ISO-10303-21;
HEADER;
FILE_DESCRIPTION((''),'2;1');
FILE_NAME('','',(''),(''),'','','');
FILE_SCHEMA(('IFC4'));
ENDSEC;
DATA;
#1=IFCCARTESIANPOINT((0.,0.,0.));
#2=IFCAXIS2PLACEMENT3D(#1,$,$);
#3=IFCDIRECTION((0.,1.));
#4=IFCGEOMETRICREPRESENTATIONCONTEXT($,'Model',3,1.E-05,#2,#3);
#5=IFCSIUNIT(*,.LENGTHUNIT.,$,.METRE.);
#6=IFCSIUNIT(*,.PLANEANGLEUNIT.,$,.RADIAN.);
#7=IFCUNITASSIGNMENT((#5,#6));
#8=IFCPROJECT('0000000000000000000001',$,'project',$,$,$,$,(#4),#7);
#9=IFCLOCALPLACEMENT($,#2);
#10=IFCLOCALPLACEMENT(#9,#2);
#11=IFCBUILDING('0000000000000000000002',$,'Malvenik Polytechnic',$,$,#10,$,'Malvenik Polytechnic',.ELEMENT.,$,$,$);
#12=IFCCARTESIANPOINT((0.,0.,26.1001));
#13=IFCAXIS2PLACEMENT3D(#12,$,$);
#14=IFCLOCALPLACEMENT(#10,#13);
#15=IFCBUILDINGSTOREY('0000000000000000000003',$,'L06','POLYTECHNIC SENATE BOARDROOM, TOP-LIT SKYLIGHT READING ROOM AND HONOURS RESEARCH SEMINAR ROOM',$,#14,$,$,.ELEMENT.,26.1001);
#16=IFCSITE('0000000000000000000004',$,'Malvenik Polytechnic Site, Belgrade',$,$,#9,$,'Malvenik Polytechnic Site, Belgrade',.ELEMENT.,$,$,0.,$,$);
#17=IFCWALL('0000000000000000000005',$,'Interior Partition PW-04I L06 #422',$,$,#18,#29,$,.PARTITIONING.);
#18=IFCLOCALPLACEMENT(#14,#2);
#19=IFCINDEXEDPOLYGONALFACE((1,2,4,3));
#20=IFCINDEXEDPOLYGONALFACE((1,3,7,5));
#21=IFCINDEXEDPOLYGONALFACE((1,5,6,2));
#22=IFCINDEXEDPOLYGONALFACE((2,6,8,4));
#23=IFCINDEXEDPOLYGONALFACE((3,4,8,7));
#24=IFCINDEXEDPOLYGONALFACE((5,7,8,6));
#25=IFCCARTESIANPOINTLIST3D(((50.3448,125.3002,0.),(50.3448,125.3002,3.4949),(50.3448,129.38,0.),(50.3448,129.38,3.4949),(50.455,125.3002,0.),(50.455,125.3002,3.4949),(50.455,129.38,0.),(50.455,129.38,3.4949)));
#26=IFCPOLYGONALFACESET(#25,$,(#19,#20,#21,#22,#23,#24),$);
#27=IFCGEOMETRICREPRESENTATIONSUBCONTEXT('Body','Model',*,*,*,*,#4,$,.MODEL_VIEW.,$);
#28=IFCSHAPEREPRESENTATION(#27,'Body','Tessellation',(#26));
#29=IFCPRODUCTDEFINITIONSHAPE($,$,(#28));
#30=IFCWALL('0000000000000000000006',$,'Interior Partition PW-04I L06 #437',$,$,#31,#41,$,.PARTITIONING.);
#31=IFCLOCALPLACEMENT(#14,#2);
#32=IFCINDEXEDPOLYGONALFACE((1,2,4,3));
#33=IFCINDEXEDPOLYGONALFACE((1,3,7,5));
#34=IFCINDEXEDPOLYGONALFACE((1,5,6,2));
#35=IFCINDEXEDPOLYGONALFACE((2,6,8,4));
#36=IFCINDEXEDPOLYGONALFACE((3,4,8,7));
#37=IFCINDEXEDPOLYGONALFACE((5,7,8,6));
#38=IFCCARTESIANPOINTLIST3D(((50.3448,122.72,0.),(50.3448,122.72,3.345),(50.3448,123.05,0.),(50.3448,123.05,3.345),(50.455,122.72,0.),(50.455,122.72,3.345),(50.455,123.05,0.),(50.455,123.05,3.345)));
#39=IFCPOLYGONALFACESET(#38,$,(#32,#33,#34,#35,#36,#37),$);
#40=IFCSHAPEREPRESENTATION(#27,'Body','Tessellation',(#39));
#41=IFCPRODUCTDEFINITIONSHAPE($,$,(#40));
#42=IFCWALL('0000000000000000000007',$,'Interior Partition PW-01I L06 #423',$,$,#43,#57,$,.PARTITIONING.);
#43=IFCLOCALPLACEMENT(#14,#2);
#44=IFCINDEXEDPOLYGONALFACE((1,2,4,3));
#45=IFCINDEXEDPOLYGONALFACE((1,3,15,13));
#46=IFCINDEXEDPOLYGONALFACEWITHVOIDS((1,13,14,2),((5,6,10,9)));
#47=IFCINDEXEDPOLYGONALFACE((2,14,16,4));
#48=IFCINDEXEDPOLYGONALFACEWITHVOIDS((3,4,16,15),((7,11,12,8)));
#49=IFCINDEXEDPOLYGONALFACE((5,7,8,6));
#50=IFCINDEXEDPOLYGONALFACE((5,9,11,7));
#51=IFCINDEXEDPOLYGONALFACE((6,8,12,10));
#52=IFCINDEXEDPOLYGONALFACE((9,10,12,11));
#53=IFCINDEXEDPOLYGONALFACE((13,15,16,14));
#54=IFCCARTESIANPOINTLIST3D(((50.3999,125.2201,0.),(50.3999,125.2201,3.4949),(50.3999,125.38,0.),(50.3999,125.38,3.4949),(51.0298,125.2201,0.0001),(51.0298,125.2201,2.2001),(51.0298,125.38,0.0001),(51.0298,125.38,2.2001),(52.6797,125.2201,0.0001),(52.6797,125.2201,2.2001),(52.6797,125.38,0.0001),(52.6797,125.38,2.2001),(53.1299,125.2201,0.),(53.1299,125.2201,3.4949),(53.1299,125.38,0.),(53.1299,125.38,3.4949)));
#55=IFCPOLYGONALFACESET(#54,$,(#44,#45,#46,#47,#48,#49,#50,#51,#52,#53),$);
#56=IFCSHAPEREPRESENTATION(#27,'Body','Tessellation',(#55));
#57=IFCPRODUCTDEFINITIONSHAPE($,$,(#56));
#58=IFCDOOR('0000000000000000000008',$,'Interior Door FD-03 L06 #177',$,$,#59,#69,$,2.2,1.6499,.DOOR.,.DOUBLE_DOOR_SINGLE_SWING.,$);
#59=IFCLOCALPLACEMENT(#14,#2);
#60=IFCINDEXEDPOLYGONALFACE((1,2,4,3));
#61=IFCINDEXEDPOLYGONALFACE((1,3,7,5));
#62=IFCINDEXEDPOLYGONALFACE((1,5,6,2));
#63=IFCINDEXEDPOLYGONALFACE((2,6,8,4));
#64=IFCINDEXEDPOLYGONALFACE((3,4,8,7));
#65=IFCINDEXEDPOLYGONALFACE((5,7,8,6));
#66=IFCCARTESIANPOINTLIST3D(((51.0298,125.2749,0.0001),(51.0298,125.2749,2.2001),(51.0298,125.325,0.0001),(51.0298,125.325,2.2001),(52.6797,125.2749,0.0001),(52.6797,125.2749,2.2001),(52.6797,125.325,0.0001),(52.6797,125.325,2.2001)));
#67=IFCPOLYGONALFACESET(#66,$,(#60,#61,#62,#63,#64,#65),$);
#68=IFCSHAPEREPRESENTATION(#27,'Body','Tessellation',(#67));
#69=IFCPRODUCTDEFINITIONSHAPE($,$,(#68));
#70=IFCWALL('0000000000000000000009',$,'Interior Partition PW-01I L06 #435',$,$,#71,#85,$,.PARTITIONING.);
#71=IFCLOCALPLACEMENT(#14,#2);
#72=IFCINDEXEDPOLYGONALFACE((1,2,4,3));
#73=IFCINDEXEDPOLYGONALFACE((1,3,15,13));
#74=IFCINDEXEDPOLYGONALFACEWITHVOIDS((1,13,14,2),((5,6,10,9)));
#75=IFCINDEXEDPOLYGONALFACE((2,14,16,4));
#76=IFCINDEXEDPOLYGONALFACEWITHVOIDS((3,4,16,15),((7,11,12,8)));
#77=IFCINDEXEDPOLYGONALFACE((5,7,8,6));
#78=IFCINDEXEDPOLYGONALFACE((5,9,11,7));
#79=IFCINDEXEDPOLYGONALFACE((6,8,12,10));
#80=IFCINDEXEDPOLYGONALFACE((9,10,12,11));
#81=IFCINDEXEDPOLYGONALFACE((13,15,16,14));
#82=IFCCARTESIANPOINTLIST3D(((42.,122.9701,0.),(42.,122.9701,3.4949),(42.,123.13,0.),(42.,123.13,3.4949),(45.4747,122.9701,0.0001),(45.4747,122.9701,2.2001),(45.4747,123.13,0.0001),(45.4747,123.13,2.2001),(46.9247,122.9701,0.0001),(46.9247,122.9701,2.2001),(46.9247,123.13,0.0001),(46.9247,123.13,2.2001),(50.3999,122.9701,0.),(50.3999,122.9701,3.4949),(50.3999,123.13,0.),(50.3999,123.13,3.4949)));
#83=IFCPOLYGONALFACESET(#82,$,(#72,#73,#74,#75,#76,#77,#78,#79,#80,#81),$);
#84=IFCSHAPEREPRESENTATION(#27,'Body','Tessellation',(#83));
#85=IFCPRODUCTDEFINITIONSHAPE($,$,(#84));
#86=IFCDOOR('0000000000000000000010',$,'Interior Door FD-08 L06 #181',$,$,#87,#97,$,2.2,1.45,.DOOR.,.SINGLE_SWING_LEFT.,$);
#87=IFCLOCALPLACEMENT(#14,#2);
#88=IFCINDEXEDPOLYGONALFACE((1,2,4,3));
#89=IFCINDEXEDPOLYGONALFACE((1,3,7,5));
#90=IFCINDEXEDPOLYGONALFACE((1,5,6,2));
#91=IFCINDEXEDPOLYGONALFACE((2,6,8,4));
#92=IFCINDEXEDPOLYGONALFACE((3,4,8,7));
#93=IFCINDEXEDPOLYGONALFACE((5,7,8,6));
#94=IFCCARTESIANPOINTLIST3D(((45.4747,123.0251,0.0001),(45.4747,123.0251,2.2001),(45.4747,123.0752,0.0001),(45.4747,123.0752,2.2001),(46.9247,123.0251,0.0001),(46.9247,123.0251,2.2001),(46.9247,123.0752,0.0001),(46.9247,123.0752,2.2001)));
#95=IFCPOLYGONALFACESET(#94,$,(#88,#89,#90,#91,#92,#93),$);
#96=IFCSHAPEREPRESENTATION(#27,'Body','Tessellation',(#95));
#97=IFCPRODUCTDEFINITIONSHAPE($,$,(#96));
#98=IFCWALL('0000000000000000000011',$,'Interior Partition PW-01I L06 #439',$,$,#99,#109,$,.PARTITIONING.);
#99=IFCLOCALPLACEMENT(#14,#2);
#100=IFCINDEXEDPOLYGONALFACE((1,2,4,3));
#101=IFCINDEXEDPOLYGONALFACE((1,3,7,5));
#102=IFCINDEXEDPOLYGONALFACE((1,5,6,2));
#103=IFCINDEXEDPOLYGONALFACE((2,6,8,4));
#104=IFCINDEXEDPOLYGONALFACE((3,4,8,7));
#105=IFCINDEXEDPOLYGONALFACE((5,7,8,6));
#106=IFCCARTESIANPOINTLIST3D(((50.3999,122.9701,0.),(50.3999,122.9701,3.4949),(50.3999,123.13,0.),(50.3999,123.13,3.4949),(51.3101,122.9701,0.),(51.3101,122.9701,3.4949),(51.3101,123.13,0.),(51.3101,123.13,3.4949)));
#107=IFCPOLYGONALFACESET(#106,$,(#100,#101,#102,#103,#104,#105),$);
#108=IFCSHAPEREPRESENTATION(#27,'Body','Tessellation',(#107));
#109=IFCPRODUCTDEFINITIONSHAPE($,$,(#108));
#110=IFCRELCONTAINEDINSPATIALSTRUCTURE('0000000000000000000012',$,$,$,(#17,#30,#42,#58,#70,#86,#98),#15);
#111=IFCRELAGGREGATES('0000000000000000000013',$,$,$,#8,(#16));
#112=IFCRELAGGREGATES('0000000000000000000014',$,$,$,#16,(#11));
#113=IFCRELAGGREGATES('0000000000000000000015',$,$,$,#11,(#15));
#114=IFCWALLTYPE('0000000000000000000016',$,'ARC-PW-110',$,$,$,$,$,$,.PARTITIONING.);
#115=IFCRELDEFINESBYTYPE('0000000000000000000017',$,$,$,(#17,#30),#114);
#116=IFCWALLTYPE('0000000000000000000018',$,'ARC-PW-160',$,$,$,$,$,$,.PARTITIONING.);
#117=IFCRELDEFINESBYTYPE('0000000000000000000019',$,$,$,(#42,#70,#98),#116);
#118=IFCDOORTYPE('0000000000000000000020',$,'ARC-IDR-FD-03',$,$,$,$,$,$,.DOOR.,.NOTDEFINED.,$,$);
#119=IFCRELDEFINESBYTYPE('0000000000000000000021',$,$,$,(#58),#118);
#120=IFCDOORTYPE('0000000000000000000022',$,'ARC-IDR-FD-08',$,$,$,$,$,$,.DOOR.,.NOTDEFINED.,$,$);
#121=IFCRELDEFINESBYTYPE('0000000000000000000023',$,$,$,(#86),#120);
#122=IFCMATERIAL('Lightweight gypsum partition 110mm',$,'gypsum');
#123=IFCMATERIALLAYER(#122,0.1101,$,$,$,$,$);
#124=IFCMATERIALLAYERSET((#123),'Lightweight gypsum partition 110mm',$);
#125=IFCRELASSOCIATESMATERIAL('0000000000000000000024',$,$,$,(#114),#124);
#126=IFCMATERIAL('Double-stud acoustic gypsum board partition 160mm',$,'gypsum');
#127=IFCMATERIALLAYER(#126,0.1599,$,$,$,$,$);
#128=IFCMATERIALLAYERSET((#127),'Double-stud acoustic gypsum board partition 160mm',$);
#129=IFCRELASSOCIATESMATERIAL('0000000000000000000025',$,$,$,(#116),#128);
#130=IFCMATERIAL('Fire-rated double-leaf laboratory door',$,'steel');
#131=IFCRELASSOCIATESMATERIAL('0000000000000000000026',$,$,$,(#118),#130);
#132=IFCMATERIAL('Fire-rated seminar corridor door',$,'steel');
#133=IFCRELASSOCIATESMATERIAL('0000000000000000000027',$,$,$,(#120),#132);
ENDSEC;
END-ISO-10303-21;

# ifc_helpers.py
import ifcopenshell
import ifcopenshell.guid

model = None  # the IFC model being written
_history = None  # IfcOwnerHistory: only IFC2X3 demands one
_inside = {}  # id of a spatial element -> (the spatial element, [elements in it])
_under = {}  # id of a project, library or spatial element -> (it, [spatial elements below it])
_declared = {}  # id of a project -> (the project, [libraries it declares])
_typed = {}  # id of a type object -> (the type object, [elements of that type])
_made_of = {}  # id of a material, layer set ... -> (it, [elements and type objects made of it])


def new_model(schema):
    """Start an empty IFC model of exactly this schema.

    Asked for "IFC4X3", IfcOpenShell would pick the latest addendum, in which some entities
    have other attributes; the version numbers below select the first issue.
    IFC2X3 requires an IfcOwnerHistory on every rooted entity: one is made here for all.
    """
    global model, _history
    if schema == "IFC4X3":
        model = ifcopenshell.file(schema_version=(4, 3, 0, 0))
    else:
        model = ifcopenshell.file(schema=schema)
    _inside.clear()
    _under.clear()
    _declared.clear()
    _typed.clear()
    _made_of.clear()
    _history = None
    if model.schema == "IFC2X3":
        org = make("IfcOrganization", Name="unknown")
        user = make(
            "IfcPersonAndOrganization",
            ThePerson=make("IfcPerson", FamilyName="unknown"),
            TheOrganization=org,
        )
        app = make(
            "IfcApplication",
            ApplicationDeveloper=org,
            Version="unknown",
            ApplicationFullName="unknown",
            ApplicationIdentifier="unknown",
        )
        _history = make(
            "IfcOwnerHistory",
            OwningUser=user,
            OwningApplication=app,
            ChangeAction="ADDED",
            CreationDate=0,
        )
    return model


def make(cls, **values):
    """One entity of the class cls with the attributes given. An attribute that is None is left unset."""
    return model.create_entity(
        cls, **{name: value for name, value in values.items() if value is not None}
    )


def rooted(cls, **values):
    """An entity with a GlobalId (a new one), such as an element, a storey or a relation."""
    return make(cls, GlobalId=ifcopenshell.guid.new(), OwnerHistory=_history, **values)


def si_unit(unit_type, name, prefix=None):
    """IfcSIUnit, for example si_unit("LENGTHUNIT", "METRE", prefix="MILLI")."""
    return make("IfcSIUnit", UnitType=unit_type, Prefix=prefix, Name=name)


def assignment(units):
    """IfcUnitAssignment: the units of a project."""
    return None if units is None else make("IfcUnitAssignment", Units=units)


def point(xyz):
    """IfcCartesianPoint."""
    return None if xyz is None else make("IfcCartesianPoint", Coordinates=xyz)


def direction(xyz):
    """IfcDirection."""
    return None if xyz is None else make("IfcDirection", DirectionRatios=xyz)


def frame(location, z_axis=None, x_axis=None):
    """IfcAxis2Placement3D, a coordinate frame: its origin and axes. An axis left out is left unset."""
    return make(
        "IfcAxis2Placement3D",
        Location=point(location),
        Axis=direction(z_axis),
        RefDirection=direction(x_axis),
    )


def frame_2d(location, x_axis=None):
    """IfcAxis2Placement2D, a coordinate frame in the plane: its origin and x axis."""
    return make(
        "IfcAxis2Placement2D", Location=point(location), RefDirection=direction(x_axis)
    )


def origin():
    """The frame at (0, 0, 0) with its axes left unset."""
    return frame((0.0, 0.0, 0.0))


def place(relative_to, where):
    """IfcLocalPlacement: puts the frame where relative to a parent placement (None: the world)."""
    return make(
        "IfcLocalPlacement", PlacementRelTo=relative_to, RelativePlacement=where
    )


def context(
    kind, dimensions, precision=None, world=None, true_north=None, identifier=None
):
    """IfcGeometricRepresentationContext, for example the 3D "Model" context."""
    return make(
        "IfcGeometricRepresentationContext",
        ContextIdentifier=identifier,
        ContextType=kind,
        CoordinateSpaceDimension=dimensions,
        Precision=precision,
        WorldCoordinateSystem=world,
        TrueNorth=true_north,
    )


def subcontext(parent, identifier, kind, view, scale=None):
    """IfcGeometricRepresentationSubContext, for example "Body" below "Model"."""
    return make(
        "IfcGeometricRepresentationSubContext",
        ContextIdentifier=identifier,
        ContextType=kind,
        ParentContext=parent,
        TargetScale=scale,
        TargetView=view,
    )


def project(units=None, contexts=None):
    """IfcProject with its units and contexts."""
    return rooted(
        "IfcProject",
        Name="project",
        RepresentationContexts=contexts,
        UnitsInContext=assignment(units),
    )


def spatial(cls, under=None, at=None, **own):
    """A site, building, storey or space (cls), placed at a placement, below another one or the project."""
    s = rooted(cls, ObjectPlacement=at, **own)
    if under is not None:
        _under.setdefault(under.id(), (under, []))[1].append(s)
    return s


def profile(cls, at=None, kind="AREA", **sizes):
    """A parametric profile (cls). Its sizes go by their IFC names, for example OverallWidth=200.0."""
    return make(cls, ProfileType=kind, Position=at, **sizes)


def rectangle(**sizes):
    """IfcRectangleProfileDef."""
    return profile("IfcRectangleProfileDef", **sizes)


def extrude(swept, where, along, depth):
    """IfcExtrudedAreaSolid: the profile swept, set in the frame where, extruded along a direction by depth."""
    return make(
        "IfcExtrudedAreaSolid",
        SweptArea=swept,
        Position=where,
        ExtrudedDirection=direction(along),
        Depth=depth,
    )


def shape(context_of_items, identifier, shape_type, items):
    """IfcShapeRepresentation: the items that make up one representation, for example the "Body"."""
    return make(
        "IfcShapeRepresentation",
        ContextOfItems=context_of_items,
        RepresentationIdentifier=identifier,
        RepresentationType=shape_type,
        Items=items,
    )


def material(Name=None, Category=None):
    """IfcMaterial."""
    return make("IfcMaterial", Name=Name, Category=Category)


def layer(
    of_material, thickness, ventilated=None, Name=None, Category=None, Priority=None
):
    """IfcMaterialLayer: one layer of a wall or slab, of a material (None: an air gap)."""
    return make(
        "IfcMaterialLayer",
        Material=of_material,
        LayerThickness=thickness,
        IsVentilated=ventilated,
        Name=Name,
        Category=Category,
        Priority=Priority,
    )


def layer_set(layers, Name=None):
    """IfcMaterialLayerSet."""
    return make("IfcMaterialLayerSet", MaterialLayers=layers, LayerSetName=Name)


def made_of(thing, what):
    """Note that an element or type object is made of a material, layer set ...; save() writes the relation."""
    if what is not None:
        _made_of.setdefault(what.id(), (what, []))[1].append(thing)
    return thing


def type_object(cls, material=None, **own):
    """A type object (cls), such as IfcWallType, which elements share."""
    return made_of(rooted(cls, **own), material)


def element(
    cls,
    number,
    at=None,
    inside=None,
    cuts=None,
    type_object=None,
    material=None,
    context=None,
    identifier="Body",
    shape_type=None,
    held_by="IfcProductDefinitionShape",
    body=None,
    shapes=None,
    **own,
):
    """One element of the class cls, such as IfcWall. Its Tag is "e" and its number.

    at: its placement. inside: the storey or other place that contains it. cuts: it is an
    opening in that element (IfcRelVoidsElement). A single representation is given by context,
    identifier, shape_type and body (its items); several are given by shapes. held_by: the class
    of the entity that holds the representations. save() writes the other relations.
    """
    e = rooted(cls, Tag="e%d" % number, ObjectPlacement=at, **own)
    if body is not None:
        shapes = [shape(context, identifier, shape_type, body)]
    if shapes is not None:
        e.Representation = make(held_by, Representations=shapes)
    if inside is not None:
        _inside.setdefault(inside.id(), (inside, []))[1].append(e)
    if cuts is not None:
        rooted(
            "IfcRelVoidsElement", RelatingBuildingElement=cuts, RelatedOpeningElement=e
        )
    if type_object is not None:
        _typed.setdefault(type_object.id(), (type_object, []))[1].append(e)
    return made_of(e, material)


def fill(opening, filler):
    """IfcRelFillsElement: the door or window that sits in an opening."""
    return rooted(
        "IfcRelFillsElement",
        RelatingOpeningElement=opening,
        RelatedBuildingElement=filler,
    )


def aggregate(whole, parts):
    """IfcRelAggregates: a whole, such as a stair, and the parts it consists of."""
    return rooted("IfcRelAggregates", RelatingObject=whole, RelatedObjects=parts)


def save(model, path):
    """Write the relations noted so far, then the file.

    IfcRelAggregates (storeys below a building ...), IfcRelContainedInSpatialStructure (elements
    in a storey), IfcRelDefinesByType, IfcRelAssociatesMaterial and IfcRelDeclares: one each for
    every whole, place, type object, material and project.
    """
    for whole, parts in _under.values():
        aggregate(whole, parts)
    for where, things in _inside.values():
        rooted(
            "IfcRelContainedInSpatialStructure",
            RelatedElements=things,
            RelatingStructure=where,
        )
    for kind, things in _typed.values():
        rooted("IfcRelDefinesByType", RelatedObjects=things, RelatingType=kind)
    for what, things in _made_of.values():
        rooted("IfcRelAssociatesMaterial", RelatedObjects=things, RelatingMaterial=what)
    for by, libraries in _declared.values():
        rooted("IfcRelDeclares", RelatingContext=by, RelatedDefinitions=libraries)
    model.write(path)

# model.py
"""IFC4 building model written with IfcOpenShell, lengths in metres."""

from ifc_helpers import new_model, si_unit, direction, frame, frame_2d, origin, place, context, subcontext, project, spatial, rectangle, extrude, material, layer, layer_set, type_object, element, fill, save


model = new_model("IFC4")

# Units and contexts
model_context = context("Model", 3, precision=1e-05, world=origin(), true_north=direction((0.0, 1.0)))
body_context = subcontext(model_context, "Body", "Model", "MODEL_VIEW")
ifc_project = project(units=[si_unit("LENGTHUNIT", "METRE"), si_unit("PLANEANGLEUNIT", "RADIAN")], contexts=[model_context])

# Site, building, storey
site_placement = place(None, origin())
site = spatial("IfcSite", under=ifc_project, at=site_placement, Name="Malvenik Polytechnic Site, Belgrade", LongName="Malvenik Polytechnic Site, Belgrade", CompositionType="ELEMENT", RefElevation=0.0)
building_placement = place(site_placement, origin())
building = spatial("IfcBuilding", under=site, at=building_placement, Name="Malvenik Polytechnic", LongName="Malvenik Polytechnic", CompositionType="ELEMENT")
storey_placement = place(building_placement, frame((0.0, 0.0, 26.1001)))
storey = spatial("IfcBuildingStorey", under=building, at=storey_placement, Name="L06", Description="POLYTECHNIC SENATE BOARDROOM, TOP-LIT SKYLIGHT READING ROOM AND HONOURS RESEARCH SEMINAR ROOM", CompositionType="ELEMENT", Elevation=26.1001)

# Walls
ifc_material_1 = material(Name="Lightweight gypsum partition 110mm", Category="gypsum")
ifc_layer_1 = layer(ifc_material_1, 0.1101)
ifc_layer_set_1 = layer_set([ifc_layer_1], Name="Lightweight gypsum partition 110mm")
wall_type_1 = type_object("IfcWallType", Name="ARC-PW-110", PredefinedType="PARTITIONING", material=ifc_layer_set_1)
wall_1_placement = place(storey_placement, frame((50.3999, 125.3, 0.0), z_axis=(0.0, 0.0, 1.0), x_axis=(0.0, 1.0, 0.0)))
element("IfcWall", 1, at=wall_1_placement, inside=storey, type_object=wall_type_1, Name="Interior Partition PW-04I L06 #422", PredefinedType="PARTITIONING", context=body_context, shape_type="SweptSolid", body=[
    extrude(rectangle(XDim=4.0798, YDim=0.1101, at=frame_2d((2.04, 0.0))), origin(), (0.0, 0.0, 1.0), 3.4949),
])
wall_2_placement = place(storey_placement, frame((50.3999, 122.72, 0.0), z_axis=(0.0, 0.0, 1.0), x_axis=(0.0, 1.0, 0.0)))
element("IfcWall", 2, at=wall_2_placement, inside=storey, type_object=wall_type_1, Name="Interior Partition PW-04I L06 #437", PredefinedType="PARTITIONING", context=body_context, shape_type="SweptSolid", body=[
    extrude(rectangle(XDim=0.3301, YDim=0.1101, at=frame_2d((0.165, 0.0))), origin(), (0.0, 0.0, 1.0), 3.345),
])

# Walls, openings, doors
ifc_material_2 = material(Name="Double-stud acoustic gypsum board partition 160mm", Category="gypsum")
ifc_layer_2 = layer(ifc_material_2, 0.1599)
ifc_layer_set_2 = layer_set([ifc_layer_2], Name="Double-stud acoustic gypsum board partition 160mm")
wall_type_2 = type_object("IfcWallType", Name="ARC-PW-160", PredefinedType="PARTITIONING", material=ifc_layer_set_2)
wall_3_placement = place(storey_placement, frame((50.3999, 125.3, 0.0), z_axis=(0.0, 0.0, 1.0), x_axis=(1.0, 0.0, 0.0)))
wall_3 = element("IfcWall", 3, at=wall_3_placement, inside=storey, type_object=wall_type_2, Name="Interior Partition PW-01I L06 #423", PredefinedType="PARTITIONING", context=body_context, shape_type="SweptSolid", body=[
    extrude(rectangle(XDim=2.73, YDim=0.1599, at=frame_2d((1.365, 0.0))), origin(), (0.0, 0.0, 1.0), 3.4949),
])
opening_1_placement = place(wall_3_placement, frame((0.6299, 0.0, 0.0)))
opening_1 = element("IfcOpeningElement", 4, at=opening_1_placement, cuts=wall_3, PredefinedType="OPENING", context=body_context, shape_type="SweptSolid", body=[
    extrude(rectangle(XDim=1.6499, YDim=2.2, at=frame_2d((0.825, 1.1001))), frame((0.0, 0.0898, 0.0), z_axis=(0.0, -1.0, 0.0), x_axis=(1.0, 0.0, 0.0)), (0.0, 0.0, 1.0), 0.1799),
])
ifc_material_3 = material(Name="Fire-rated double-leaf laboratory door", Category="steel")
door_type_1 = type_object("IfcDoorType", Name="ARC-IDR-FD-03", OperationType="NOTDEFINED", PredefinedType="DOOR", material=ifc_material_3)
door_1_placement = place(opening_1_placement, origin())
door_1 = element("IfcDoor", 5, at=door_1_placement, inside=storey, type_object=door_type_1, Name="Interior Door FD-03 L06 #177", OperationType="DOUBLE_DOOR_SINGLE_SWING", OverallHeight=2.2, OverallWidth=1.6499, PredefinedType="DOOR", context=body_context, shape_type="SweptSolid", body=[
    extrude(rectangle(XDim=1.6499, YDim=2.2, at=frame_2d((0.825, 1.1001))), frame((0.0, 0.0249, 0.0), z_axis=(0.0, -1.0, 0.0), x_axis=(1.0, 0.0, 0.0)), (0.0, 0.0, 1.0), 0.05),
])
fill(opening_1, door_1)
wall_4_placement = place(storey_placement, frame((50.3999, 123.05, 0.0), z_axis=(0.0, 0.0, 1.0), x_axis=(-1.0, 0.0, 0.0)))
wall_4 = element("IfcWall", 6, at=wall_4_placement, inside=storey, type_object=wall_type_2, Name="Interior Partition PW-01I L06 #435", PredefinedType="PARTITIONING", context=body_context, shape_type="SweptSolid", body=[
    extrude(rectangle(XDim=8.3999, YDim=0.1599, at=frame_2d((4.2, 0.0))), origin(), (0.0, 0.0, 1.0), 3.4949),
])
opening_2_placement = place(wall_4_placement, frame((3.4751, 0.0, 0.0)))
opening_2 = element("IfcOpeningElement", 7, at=opening_2_placement, cuts=wall_4, PredefinedType="OPENING", context=body_context, shape_type="SweptSolid", body=[
    extrude(rectangle(XDim=1.45, YDim=2.2, at=frame_2d((0.7251, 1.1001))), frame((0.0, 0.0898, 0.0), z_axis=(0.0, -1.0, 0.0), x_axis=(1.0, 0.0, 0.0)), (0.0, 0.0, 1.0), 0.1799),
])
ifc_material_4 = material(Name="Fire-rated seminar corridor door", Category="steel")
door_type_2 = type_object("IfcDoorType", Name="ARC-IDR-FD-08", OperationType="NOTDEFINED", PredefinedType="DOOR", material=ifc_material_4)
door_2_placement = place(opening_2_placement, origin())
door_2 = element("IfcDoor", 8, at=door_2_placement, inside=storey, type_object=door_type_2, Name="Interior Door FD-08 L06 #181", OperationType="SINGLE_SWING_LEFT", OverallHeight=2.2, OverallWidth=1.45, PredefinedType="DOOR", context=body_context, shape_type="SweptSolid", body=[
    extrude(rectangle(XDim=1.45, YDim=2.2, at=frame_2d((0.7251, 1.1001))), frame((0.0, 0.0249, 0.0), z_axis=(0.0, -1.0, 0.0), x_axis=(1.0, 0.0, 0.0)), (0.0, 0.0, 1.0), 0.05),
])
fill(opening_2, door_2)

# Wall
wall_5_placement = place(storey_placement, frame((51.3101, 123.05, 0.0), z_axis=(0.0, 0.0, 1.0), x_axis=(-1.0, 0.0, 0.0)))
element("IfcWall", 9, at=wall_5_placement, inside=storey, type_object=wall_type_2, Name="Interior Partition PW-01I L06 #439", PredefinedType="PARTITIONING", context=body_context, shape_type="SweptSolid", body=[
    extrude(rectangle(XDim=0.9102, YDim=0.1599, at=frame_2d((0.4551, 0.0))), origin(), (0.0, 0.0, 1.0), 3.4949),
])

save(model, "model.ifc")
